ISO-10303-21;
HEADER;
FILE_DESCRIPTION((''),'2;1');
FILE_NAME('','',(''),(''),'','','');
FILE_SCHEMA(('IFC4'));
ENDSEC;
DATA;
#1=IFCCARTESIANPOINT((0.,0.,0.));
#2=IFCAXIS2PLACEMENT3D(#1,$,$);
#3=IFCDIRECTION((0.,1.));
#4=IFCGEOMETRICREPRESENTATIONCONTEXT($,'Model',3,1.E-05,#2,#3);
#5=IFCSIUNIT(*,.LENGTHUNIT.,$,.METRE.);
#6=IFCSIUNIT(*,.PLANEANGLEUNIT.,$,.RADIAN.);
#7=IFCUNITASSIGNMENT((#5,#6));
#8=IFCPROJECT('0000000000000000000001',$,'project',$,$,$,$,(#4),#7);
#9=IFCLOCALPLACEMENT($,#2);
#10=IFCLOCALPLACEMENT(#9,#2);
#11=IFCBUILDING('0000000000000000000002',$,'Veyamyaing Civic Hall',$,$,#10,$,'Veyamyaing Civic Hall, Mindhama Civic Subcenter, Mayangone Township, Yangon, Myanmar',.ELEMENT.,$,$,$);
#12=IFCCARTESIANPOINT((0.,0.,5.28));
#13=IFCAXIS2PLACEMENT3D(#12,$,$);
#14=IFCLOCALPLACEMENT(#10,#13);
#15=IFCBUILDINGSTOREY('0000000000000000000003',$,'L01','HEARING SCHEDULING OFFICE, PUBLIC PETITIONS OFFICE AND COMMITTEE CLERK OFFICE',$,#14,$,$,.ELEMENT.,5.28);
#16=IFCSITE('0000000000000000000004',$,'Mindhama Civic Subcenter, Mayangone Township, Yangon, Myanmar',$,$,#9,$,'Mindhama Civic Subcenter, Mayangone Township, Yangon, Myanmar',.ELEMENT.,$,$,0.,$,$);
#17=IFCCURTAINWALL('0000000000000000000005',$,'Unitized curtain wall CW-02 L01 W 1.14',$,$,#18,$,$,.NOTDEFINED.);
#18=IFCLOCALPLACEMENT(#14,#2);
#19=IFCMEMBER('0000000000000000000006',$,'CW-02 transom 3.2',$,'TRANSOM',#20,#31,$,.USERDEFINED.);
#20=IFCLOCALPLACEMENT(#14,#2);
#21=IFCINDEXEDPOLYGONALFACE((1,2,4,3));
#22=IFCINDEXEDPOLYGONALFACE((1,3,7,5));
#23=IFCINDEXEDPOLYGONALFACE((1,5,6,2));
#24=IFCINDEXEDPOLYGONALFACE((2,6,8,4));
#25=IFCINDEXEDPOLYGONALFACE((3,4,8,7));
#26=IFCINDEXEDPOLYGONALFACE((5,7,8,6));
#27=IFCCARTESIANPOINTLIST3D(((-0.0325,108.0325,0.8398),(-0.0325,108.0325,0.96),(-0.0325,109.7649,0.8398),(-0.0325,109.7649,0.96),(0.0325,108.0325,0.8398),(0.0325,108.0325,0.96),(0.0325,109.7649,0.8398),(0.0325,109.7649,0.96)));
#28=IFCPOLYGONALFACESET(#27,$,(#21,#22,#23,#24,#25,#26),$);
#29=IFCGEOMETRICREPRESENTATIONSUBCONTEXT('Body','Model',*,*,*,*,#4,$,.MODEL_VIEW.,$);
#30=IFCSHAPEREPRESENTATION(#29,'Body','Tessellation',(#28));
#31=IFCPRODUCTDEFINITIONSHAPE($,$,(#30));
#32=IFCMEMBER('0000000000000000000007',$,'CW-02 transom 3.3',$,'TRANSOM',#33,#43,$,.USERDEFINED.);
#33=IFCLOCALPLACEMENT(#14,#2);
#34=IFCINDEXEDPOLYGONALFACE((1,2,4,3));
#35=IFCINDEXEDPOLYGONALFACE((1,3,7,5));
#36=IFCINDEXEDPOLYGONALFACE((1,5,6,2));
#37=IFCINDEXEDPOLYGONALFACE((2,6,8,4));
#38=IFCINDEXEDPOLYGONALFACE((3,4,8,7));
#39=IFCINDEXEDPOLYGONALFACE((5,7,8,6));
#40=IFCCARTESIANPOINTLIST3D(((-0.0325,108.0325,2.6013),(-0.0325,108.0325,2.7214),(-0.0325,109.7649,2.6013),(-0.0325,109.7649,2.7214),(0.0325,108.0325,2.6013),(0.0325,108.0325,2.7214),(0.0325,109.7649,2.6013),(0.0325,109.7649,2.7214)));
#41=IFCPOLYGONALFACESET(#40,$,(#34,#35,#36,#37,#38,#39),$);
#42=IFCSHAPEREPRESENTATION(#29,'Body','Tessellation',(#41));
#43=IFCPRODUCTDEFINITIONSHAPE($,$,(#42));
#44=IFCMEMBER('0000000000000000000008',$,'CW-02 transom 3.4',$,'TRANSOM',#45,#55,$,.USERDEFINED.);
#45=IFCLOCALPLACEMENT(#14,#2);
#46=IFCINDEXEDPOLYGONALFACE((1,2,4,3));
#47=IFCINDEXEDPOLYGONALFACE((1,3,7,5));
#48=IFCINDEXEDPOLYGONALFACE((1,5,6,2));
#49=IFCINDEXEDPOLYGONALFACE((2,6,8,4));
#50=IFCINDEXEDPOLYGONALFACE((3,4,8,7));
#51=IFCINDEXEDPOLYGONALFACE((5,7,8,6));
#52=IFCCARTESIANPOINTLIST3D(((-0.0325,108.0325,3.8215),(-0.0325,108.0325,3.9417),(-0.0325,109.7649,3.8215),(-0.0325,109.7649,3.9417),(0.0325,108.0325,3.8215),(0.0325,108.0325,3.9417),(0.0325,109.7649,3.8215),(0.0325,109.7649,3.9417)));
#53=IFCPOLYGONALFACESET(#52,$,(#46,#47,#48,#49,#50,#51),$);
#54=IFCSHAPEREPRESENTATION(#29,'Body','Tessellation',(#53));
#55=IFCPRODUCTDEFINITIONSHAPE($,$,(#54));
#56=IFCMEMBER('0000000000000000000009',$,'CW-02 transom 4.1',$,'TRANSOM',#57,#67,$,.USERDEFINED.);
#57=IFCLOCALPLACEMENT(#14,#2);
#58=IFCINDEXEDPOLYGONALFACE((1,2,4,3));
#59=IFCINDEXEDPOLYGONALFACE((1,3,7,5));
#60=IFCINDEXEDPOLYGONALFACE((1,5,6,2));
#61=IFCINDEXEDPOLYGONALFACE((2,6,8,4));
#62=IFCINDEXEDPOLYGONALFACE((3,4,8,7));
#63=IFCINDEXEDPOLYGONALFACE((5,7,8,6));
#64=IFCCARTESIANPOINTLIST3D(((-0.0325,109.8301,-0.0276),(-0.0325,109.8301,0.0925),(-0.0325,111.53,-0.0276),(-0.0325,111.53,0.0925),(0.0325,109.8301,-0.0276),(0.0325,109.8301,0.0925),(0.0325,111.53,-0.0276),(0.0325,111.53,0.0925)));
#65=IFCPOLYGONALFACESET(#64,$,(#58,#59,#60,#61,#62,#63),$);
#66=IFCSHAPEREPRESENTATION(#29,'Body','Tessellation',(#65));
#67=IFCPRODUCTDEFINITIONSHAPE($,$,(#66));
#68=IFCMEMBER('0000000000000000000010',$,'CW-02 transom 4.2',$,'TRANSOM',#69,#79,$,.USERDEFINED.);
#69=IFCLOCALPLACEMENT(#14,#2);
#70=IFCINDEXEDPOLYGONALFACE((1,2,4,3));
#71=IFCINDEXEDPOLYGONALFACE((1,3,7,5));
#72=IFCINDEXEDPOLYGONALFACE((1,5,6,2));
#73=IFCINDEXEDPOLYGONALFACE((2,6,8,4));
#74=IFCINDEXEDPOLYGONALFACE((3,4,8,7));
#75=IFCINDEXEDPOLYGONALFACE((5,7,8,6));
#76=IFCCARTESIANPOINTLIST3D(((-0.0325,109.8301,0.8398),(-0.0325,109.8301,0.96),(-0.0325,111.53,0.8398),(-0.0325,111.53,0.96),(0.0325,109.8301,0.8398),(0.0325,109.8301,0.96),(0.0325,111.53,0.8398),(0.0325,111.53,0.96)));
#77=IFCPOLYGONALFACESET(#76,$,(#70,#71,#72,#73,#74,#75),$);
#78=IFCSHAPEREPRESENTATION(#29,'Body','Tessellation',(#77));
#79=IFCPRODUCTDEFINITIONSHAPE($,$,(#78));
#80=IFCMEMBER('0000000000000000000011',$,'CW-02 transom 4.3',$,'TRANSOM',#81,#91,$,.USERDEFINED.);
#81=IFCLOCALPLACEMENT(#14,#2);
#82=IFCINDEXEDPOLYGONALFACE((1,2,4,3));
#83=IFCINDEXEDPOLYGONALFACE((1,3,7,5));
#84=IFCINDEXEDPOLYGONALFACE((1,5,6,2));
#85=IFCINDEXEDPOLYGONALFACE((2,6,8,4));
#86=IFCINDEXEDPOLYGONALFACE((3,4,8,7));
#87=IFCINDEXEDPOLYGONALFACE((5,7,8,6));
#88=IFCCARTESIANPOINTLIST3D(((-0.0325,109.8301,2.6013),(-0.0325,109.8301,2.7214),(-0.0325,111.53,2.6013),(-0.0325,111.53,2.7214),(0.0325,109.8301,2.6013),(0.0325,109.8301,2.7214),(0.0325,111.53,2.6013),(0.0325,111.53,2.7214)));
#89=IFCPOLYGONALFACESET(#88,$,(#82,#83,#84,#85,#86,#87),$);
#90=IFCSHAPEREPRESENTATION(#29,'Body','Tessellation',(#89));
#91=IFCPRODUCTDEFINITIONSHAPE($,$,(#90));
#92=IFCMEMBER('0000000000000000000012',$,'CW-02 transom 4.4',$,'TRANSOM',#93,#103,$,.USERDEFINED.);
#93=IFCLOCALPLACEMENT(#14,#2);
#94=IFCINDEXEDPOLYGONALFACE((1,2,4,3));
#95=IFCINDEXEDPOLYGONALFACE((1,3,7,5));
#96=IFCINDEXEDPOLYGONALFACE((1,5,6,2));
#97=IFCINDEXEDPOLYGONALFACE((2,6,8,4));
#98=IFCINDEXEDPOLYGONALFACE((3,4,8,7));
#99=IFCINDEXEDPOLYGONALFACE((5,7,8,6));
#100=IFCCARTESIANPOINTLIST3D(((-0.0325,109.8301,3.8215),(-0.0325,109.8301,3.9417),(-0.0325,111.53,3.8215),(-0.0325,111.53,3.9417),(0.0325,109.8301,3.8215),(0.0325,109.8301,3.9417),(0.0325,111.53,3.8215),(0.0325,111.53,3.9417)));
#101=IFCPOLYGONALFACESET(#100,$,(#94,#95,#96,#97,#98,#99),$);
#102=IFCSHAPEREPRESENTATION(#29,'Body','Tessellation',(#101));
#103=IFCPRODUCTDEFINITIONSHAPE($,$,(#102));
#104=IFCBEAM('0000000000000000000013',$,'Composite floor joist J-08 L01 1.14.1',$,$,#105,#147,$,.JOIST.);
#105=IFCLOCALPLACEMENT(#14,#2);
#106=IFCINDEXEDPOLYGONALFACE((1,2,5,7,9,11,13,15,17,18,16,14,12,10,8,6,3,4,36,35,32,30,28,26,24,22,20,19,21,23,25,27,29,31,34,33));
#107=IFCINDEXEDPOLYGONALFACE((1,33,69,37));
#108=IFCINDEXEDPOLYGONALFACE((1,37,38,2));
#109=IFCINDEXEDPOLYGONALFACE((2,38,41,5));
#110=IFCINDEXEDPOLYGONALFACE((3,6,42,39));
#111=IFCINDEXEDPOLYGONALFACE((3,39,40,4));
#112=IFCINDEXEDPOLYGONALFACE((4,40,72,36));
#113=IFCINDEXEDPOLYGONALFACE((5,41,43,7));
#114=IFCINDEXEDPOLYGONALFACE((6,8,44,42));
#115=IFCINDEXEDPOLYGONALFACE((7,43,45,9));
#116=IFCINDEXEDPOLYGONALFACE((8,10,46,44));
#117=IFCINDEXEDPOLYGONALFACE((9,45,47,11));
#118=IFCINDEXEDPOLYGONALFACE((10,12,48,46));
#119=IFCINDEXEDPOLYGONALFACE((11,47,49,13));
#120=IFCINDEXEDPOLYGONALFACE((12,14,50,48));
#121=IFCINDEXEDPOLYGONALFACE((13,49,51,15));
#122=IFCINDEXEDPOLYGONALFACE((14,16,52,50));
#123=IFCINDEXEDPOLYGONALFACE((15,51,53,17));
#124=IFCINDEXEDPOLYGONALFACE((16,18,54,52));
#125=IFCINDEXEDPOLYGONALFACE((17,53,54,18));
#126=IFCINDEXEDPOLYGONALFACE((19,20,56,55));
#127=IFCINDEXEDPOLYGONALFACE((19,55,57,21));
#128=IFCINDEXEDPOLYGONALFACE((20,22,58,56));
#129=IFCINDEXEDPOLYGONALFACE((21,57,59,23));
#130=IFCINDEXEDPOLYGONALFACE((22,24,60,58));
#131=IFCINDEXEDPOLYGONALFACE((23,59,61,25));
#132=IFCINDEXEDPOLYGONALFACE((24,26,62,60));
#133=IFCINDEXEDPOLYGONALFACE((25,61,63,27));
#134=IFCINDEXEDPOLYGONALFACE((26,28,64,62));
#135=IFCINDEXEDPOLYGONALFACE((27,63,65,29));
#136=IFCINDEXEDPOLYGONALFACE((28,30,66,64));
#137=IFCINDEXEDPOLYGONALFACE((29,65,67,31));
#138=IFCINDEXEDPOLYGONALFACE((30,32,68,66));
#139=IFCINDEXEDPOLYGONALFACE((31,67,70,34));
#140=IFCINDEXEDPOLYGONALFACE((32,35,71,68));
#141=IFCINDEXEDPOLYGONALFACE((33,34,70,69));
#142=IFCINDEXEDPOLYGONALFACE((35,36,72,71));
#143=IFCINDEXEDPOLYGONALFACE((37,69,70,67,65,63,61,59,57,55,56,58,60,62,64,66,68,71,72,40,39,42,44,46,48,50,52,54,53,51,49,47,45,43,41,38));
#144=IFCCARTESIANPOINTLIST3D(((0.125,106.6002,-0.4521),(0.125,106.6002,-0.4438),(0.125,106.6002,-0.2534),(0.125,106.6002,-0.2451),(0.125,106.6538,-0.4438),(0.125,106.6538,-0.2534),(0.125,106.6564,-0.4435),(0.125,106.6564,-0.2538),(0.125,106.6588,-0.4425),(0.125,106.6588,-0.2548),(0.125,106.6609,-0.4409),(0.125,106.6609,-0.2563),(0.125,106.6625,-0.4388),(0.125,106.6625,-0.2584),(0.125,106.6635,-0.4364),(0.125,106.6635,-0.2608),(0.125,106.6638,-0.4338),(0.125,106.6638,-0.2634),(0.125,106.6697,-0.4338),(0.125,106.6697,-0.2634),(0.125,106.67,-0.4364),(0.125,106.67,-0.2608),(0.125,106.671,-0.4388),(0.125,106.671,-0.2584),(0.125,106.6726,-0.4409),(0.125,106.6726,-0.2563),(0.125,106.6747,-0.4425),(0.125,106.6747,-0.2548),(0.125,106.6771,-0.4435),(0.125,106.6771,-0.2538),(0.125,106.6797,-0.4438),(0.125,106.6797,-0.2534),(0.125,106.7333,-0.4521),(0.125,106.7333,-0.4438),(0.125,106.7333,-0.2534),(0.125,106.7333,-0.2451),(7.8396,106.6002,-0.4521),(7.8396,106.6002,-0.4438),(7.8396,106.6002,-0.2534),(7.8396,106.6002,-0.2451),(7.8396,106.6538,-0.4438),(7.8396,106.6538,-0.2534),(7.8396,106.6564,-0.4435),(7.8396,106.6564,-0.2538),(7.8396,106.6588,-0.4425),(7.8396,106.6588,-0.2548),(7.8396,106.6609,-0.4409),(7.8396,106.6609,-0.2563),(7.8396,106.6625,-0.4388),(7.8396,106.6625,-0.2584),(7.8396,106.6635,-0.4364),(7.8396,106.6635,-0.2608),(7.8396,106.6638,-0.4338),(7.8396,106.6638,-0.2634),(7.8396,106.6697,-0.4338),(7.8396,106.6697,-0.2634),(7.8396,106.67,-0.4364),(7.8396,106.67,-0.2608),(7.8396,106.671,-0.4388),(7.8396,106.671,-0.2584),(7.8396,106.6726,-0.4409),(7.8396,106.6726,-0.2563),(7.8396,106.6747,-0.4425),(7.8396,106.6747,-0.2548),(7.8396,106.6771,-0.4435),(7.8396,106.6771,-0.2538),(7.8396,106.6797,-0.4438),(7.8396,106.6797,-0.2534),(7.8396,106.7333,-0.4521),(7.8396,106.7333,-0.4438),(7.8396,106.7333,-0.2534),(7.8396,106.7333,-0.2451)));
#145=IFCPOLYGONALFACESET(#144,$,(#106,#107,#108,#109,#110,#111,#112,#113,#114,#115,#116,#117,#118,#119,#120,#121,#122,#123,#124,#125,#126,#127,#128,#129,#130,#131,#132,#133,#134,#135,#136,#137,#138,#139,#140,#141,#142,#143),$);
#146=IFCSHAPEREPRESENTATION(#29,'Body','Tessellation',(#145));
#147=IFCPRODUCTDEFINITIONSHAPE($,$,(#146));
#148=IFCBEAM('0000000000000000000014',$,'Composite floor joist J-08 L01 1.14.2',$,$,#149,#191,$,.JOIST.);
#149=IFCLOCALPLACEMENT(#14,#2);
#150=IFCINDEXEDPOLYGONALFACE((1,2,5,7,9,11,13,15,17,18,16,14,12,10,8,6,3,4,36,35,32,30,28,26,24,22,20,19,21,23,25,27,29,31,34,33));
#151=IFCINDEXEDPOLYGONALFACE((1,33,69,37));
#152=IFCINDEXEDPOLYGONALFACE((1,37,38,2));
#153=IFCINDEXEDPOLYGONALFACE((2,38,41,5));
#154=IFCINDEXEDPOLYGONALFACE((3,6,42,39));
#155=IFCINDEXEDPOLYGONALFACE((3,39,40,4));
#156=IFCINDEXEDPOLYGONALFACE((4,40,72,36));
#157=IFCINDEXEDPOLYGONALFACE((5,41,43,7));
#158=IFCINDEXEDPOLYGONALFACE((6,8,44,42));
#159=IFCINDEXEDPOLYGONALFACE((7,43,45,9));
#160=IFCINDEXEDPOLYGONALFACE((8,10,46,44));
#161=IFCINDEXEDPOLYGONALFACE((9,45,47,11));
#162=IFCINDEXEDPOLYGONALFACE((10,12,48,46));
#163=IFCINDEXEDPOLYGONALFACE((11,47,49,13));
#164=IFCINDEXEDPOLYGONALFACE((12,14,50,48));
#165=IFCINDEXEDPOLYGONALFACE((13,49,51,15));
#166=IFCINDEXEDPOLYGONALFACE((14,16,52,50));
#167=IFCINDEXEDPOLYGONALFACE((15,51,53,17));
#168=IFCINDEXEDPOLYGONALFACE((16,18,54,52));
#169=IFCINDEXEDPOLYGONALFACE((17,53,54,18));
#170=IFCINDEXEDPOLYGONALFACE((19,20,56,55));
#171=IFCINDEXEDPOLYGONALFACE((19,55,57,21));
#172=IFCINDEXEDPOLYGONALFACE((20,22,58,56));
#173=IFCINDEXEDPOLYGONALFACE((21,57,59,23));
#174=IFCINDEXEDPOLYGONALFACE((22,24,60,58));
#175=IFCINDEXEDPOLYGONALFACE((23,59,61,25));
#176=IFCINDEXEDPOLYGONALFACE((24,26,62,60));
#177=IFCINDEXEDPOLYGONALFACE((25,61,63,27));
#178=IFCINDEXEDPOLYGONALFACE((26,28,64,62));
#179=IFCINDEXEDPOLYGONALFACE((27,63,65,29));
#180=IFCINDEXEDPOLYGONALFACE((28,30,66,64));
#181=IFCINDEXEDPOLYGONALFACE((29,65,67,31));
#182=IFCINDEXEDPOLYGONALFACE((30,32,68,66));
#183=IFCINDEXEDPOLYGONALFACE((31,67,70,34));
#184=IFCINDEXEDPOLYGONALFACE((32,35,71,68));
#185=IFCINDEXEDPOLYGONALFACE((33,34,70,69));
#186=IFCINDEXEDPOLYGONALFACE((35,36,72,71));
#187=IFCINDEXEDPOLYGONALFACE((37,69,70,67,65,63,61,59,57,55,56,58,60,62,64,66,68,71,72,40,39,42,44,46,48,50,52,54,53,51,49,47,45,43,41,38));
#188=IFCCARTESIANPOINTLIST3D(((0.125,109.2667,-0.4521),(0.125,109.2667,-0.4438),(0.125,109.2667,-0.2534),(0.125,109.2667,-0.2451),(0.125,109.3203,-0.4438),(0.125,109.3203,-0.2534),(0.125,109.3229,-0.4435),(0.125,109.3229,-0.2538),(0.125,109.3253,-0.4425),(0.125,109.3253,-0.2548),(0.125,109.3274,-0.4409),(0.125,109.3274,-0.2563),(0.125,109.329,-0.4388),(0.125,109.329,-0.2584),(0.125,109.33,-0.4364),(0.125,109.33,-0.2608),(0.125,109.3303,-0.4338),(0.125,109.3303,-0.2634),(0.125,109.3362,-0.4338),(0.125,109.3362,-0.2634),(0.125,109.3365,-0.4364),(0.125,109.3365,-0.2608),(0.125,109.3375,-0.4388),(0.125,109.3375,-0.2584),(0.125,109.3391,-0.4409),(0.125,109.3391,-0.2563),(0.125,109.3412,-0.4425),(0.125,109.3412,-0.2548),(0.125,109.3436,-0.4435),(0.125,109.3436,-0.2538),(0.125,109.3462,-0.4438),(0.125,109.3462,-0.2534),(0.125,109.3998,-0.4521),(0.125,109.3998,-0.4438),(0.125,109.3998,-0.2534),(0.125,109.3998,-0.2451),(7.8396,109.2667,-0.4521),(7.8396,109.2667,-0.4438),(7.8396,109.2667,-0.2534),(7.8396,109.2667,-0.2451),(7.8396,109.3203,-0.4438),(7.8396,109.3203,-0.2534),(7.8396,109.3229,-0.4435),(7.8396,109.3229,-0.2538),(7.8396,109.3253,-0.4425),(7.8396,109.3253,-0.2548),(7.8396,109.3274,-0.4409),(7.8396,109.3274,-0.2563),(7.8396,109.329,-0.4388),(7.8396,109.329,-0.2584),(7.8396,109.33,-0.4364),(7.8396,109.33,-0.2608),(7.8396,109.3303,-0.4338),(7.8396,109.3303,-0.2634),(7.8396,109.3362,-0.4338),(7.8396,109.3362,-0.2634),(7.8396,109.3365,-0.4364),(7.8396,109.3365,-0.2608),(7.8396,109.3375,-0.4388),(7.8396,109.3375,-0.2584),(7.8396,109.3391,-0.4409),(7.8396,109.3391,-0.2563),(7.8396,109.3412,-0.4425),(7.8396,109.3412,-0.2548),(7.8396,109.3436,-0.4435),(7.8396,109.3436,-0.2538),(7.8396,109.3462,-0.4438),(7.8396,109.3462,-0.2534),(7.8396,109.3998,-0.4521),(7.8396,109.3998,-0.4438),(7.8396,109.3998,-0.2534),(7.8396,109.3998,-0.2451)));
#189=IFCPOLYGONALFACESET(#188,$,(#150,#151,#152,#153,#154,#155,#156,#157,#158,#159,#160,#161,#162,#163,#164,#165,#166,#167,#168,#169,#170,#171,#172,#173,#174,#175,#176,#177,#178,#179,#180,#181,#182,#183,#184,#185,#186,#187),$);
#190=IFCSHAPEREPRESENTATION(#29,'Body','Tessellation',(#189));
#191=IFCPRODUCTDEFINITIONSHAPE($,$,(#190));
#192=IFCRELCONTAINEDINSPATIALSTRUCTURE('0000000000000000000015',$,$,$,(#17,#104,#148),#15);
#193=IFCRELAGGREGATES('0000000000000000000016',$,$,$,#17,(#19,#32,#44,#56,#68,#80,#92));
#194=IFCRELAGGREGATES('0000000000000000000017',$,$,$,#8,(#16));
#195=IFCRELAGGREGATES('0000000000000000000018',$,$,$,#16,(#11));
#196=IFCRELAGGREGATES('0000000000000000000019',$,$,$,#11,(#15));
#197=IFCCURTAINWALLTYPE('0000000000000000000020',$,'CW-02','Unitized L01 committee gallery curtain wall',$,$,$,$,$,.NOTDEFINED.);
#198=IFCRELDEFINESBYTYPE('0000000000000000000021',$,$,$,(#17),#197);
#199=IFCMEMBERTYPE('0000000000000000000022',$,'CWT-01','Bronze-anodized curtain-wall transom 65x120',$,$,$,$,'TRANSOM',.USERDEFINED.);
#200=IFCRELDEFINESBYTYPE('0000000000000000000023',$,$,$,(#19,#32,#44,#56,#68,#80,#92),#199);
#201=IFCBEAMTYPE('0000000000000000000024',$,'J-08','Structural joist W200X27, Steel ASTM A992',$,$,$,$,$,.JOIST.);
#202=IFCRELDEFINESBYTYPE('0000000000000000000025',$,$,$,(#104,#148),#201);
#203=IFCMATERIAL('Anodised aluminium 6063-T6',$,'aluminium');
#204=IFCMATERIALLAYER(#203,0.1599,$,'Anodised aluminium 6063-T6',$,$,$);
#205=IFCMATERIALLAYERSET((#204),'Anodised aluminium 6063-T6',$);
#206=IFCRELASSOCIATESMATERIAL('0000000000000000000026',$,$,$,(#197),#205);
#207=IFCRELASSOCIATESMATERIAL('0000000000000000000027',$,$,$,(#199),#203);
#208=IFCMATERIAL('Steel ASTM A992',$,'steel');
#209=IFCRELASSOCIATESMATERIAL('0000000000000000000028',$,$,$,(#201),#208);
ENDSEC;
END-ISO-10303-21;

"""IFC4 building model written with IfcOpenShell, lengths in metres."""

from ifc_helpers import new_model, si_unit, direction, frame, origin, origin_2d, place, context, subcontext, project, spatial, rectangle, i_section, extrude, material, layer, layer_set, material_profile, profile_set, type_object, element, aggregate, save


model = new_model("IFC4")

# Units and contexts
model_context = context("Model", 3, precision=1e-05, world=origin(), true_north=direction((0.0, 1.0)))
body_context = subcontext(model_context, "Body", "Model", "MODEL_VIEW")
ifc_project = project(units=[si_unit("LENGTHUNIT", "METRE"), si_unit("PLANEANGLEUNIT", "RADIAN")], contexts=[model_context])

# Site, building, storey
site_placement = place(None, origin())
site = spatial("IfcSite", under=ifc_project, at=site_placement, Name="Mindhama Civic Subcenter, Mayangone Township, Yangon, Myanmar", LongName="Mindhama Civic Subcenter, Mayangone Township, Yangon, Myanmar", CompositionType="ELEMENT", RefElevation=0.0)
building_placement = place(site_placement, origin())
building = spatial("IfcBuilding", under=site, at=building_placement, Name="Veyamyaing Civic Hall", LongName="Veyamyaing Civic Hall, Mindhama Civic Subcenter, Mayangone Township, Yangon, Myanmar", CompositionType="ELEMENT")
storey_placement = place(building_placement, frame((0.0, 0.0, 5.28)))
storey = spatial("IfcBuildingStorey", under=building, at=storey_placement, Name="L01", Description="HEARING SCHEDULING OFFICE, PUBLIC PETITIONS OFFICE AND COMMITTEE CLERK OFFICE", CompositionType="ELEMENT", Elevation=5.28)

# Curtain wall, members
ifc_material_1 = material(Name="Anodised aluminium 6063-T6", Category="aluminium")
ifc_layer_1 = layer(ifc_material_1, 0.1599, Name="Anodised aluminium 6063-T6")
ifc_layer_set_1 = layer_set([ifc_layer_1], Name="Anodised aluminium 6063-T6")
curtain_wall_type = type_object("IfcCurtainWallType", Name="CW-02", Description="Unitized L01 committee gallery curtain wall", PredefinedType="NOTDEFINED", material=ifc_layer_set_1)
curtain_wall_placement = place(storey_placement, origin())
curtain_wall = element("IfcCurtainWall", 1, at=curtain_wall_placement, inside=storey, type_object=curtain_wall_type, Name="Unitized curtain wall CW-02 L01 W 1.14", PredefinedType="NOTDEFINED")
ifc_material_profile_1 = material_profile(ifc_material_1, rectangle(XDim=0.0649, YDim=0.1201, at=origin_2d()), Name="ALU-TRN-65X120")
ifc_profile_set_1 = profile_set([ifc_material_profile_1], Name="Anodised aluminium 6063-T6")
member_type_1 = type_object("IfcMemberType", Name="CWT-01", Description="Bronze-anodized curtain-wall transom 65x120", ElementType="TRANSOM", PredefinedType="USERDEFINED", material=ifc_profile_set_1)
member_1_placement = place(storey_placement, frame((0.0, 108.0325, 0.8999), z_axis=(0.0, 1.0, 0.0), x_axis=(-1.0, 0.0, 0.0)))
member_1 = element("IfcMember", 2, at=member_1_placement, type_object=member_type_1, Name="CW-02 transom 3.2", ObjectType="TRANSOM", PredefinedType="USERDEFINED", context=body_context, shape_type="SweptSolid", body=[
    extrude(rectangle(XDim=0.0649, YDim=0.1201, at=origin_2d()), origin(), (0.0, 0.0, 1.0), 1.7324),
])
member_2_placement = place(storey_placement, frame((0.0, 108.0325, 2.6614), z_axis=(0.0, 1.0, 0.0), x_axis=(-1.0, 0.0, 0.0)))
member_2 = element("IfcMember", 3, at=member_2_placement, type_object=member_type_1, Name="CW-02 transom 3.3", ObjectType="TRANSOM", PredefinedType="USERDEFINED", context=body_context, shape_type="SweptSolid", body=[
    extrude(rectangle(XDim=0.0649, YDim=0.1201, at=origin_2d()), origin(), (0.0, 0.0, 1.0), 1.7324),
])
member_3_placement = place(storey_placement, frame((0.0, 108.0325, 3.8816), z_axis=(0.0, 1.0, 0.0), x_axis=(-1.0, 0.0, 0.0)))
member_3 = element("IfcMember", 4, at=member_3_placement, type_object=member_type_1, Name="CW-02 transom 3.4", ObjectType="TRANSOM", PredefinedType="USERDEFINED", context=body_context, shape_type="SweptSolid", body=[
    extrude(rectangle(XDim=0.0649, YDim=0.1201, at=origin_2d()), origin(), (0.0, 0.0, 1.0), 1.7324),
])
member_4_placement = place(storey_placement, frame((0.0, 109.8301, 0.0325), z_axis=(0.0, 1.0, 0.0), x_axis=(-1.0, 0.0, 0.0)))
member_4 = element("IfcMember", 5, at=member_4_placement, type_object=member_type_1, Name="CW-02 transom 4.1", ObjectType="TRANSOM", PredefinedType="USERDEFINED", context=body_context, shape_type="SweptSolid", body=[
    extrude(rectangle(XDim=0.0649, YDim=0.1201, at=origin_2d()), origin(), (0.0, 0.0, 1.0), 1.7),
])
member_5_placement = place(storey_placement, frame((0.0, 109.8301, 0.8999), z_axis=(0.0, 1.0, 0.0), x_axis=(-1.0, 0.0, 0.0)))
member_5 = element("IfcMember", 6, at=member_5_placement, type_object=member_type_1, Name="CW-02 transom 4.2", ObjectType="TRANSOM", PredefinedType="USERDEFINED", context=body_context, shape_type="SweptSolid", body=[
    extrude(rectangle(XDim=0.0649, YDim=0.1201, at=origin_2d()), origin(), (0.0, 0.0, 1.0), 1.7),
])
member_6_placement = place(storey_placement, frame((0.0, 109.8301, 2.6614), z_axis=(0.0, 1.0, 0.0), x_axis=(-1.0, 0.0, 0.0)))
member_6 = element("IfcMember", 7, at=member_6_placement, type_object=member_type_1, Name="CW-02 transom 4.3", ObjectType="TRANSOM", PredefinedType="USERDEFINED", context=body_context, shape_type="SweptSolid", body=[
    extrude(rectangle(XDim=0.0649, YDim=0.1201, at=origin_2d()), origin(), (0.0, 0.0, 1.0), 1.7),
])
member_7_placement = place(storey_placement, frame((0.0, 109.8301, 3.8816), z_axis=(0.0, 1.0, 0.0), x_axis=(-1.0, 0.0, 0.0)))
member_7 = element("IfcMember", 8, at=member_7_placement, type_object=member_type_1, Name="CW-02 transom 4.4", ObjectType="TRANSOM", PredefinedType="USERDEFINED", context=body_context, shape_type="SweptSolid", body=[
    extrude(rectangle(XDim=0.0649, YDim=0.1201, at=origin_2d()), origin(), (0.0, 0.0, 1.0), 1.7),
])

# Beams
ifc_material_2 = material(Name="Steel ASTM A992", Category="steel")
ifc_material_profile_2 = material_profile(ifc_material_2, i_section(OverallWidth=0.1331, OverallDepth=0.207, WebThickness=0.0059, FlangeThickness=0.0083, FilletRadius=0.01, at=origin_2d()), Name="W200X27")
ifc_profile_set_2 = profile_set([ifc_material_profile_2], Name="Steel ASTM A992")
beam_type = type_object("IfcBeamType", Name="J-08", Description="Structural joist W200X27, Steel ASTM A992", PredefinedType="JOIST", material=ifc_profile_set_2)
for number, where, z_axis, x_axis, name in (
    (9, (0.125, 106.6667, -0.3486), (1.0, 0.0, 0.0), (0.0, 1.0, 0.0), "Composite floor joist J-08 L01 1.14.1"),
    (10, (0.125, 109.3333, -0.3486), (1.0, 0.0, 0.0), (0.0, 1.0, 0.0), "Composite floor joist J-08 L01 1.14.2"),
):
    element("IfcBeam", number, at=place(storey_placement, frame(where, z_axis=z_axis, x_axis=x_axis)), inside=storey, type_object=beam_type, Name=name, PredefinedType="JOIST", context=body_context, shape_type="SweptSolid", body=[
        extrude(i_section(OverallWidth=0.1331, OverallDepth=0.207, WebThickness=0.0059, FlangeThickness=0.0083, FilletRadius=0.01, at=origin_2d()), origin(), (0.0, 0.0, 1.0), 7.7146),
    ])

aggregate(curtain_wall, [member_1, member_2, member_3, member_4, member_5, member_6, member_7])

save(model, "model.ifc")
